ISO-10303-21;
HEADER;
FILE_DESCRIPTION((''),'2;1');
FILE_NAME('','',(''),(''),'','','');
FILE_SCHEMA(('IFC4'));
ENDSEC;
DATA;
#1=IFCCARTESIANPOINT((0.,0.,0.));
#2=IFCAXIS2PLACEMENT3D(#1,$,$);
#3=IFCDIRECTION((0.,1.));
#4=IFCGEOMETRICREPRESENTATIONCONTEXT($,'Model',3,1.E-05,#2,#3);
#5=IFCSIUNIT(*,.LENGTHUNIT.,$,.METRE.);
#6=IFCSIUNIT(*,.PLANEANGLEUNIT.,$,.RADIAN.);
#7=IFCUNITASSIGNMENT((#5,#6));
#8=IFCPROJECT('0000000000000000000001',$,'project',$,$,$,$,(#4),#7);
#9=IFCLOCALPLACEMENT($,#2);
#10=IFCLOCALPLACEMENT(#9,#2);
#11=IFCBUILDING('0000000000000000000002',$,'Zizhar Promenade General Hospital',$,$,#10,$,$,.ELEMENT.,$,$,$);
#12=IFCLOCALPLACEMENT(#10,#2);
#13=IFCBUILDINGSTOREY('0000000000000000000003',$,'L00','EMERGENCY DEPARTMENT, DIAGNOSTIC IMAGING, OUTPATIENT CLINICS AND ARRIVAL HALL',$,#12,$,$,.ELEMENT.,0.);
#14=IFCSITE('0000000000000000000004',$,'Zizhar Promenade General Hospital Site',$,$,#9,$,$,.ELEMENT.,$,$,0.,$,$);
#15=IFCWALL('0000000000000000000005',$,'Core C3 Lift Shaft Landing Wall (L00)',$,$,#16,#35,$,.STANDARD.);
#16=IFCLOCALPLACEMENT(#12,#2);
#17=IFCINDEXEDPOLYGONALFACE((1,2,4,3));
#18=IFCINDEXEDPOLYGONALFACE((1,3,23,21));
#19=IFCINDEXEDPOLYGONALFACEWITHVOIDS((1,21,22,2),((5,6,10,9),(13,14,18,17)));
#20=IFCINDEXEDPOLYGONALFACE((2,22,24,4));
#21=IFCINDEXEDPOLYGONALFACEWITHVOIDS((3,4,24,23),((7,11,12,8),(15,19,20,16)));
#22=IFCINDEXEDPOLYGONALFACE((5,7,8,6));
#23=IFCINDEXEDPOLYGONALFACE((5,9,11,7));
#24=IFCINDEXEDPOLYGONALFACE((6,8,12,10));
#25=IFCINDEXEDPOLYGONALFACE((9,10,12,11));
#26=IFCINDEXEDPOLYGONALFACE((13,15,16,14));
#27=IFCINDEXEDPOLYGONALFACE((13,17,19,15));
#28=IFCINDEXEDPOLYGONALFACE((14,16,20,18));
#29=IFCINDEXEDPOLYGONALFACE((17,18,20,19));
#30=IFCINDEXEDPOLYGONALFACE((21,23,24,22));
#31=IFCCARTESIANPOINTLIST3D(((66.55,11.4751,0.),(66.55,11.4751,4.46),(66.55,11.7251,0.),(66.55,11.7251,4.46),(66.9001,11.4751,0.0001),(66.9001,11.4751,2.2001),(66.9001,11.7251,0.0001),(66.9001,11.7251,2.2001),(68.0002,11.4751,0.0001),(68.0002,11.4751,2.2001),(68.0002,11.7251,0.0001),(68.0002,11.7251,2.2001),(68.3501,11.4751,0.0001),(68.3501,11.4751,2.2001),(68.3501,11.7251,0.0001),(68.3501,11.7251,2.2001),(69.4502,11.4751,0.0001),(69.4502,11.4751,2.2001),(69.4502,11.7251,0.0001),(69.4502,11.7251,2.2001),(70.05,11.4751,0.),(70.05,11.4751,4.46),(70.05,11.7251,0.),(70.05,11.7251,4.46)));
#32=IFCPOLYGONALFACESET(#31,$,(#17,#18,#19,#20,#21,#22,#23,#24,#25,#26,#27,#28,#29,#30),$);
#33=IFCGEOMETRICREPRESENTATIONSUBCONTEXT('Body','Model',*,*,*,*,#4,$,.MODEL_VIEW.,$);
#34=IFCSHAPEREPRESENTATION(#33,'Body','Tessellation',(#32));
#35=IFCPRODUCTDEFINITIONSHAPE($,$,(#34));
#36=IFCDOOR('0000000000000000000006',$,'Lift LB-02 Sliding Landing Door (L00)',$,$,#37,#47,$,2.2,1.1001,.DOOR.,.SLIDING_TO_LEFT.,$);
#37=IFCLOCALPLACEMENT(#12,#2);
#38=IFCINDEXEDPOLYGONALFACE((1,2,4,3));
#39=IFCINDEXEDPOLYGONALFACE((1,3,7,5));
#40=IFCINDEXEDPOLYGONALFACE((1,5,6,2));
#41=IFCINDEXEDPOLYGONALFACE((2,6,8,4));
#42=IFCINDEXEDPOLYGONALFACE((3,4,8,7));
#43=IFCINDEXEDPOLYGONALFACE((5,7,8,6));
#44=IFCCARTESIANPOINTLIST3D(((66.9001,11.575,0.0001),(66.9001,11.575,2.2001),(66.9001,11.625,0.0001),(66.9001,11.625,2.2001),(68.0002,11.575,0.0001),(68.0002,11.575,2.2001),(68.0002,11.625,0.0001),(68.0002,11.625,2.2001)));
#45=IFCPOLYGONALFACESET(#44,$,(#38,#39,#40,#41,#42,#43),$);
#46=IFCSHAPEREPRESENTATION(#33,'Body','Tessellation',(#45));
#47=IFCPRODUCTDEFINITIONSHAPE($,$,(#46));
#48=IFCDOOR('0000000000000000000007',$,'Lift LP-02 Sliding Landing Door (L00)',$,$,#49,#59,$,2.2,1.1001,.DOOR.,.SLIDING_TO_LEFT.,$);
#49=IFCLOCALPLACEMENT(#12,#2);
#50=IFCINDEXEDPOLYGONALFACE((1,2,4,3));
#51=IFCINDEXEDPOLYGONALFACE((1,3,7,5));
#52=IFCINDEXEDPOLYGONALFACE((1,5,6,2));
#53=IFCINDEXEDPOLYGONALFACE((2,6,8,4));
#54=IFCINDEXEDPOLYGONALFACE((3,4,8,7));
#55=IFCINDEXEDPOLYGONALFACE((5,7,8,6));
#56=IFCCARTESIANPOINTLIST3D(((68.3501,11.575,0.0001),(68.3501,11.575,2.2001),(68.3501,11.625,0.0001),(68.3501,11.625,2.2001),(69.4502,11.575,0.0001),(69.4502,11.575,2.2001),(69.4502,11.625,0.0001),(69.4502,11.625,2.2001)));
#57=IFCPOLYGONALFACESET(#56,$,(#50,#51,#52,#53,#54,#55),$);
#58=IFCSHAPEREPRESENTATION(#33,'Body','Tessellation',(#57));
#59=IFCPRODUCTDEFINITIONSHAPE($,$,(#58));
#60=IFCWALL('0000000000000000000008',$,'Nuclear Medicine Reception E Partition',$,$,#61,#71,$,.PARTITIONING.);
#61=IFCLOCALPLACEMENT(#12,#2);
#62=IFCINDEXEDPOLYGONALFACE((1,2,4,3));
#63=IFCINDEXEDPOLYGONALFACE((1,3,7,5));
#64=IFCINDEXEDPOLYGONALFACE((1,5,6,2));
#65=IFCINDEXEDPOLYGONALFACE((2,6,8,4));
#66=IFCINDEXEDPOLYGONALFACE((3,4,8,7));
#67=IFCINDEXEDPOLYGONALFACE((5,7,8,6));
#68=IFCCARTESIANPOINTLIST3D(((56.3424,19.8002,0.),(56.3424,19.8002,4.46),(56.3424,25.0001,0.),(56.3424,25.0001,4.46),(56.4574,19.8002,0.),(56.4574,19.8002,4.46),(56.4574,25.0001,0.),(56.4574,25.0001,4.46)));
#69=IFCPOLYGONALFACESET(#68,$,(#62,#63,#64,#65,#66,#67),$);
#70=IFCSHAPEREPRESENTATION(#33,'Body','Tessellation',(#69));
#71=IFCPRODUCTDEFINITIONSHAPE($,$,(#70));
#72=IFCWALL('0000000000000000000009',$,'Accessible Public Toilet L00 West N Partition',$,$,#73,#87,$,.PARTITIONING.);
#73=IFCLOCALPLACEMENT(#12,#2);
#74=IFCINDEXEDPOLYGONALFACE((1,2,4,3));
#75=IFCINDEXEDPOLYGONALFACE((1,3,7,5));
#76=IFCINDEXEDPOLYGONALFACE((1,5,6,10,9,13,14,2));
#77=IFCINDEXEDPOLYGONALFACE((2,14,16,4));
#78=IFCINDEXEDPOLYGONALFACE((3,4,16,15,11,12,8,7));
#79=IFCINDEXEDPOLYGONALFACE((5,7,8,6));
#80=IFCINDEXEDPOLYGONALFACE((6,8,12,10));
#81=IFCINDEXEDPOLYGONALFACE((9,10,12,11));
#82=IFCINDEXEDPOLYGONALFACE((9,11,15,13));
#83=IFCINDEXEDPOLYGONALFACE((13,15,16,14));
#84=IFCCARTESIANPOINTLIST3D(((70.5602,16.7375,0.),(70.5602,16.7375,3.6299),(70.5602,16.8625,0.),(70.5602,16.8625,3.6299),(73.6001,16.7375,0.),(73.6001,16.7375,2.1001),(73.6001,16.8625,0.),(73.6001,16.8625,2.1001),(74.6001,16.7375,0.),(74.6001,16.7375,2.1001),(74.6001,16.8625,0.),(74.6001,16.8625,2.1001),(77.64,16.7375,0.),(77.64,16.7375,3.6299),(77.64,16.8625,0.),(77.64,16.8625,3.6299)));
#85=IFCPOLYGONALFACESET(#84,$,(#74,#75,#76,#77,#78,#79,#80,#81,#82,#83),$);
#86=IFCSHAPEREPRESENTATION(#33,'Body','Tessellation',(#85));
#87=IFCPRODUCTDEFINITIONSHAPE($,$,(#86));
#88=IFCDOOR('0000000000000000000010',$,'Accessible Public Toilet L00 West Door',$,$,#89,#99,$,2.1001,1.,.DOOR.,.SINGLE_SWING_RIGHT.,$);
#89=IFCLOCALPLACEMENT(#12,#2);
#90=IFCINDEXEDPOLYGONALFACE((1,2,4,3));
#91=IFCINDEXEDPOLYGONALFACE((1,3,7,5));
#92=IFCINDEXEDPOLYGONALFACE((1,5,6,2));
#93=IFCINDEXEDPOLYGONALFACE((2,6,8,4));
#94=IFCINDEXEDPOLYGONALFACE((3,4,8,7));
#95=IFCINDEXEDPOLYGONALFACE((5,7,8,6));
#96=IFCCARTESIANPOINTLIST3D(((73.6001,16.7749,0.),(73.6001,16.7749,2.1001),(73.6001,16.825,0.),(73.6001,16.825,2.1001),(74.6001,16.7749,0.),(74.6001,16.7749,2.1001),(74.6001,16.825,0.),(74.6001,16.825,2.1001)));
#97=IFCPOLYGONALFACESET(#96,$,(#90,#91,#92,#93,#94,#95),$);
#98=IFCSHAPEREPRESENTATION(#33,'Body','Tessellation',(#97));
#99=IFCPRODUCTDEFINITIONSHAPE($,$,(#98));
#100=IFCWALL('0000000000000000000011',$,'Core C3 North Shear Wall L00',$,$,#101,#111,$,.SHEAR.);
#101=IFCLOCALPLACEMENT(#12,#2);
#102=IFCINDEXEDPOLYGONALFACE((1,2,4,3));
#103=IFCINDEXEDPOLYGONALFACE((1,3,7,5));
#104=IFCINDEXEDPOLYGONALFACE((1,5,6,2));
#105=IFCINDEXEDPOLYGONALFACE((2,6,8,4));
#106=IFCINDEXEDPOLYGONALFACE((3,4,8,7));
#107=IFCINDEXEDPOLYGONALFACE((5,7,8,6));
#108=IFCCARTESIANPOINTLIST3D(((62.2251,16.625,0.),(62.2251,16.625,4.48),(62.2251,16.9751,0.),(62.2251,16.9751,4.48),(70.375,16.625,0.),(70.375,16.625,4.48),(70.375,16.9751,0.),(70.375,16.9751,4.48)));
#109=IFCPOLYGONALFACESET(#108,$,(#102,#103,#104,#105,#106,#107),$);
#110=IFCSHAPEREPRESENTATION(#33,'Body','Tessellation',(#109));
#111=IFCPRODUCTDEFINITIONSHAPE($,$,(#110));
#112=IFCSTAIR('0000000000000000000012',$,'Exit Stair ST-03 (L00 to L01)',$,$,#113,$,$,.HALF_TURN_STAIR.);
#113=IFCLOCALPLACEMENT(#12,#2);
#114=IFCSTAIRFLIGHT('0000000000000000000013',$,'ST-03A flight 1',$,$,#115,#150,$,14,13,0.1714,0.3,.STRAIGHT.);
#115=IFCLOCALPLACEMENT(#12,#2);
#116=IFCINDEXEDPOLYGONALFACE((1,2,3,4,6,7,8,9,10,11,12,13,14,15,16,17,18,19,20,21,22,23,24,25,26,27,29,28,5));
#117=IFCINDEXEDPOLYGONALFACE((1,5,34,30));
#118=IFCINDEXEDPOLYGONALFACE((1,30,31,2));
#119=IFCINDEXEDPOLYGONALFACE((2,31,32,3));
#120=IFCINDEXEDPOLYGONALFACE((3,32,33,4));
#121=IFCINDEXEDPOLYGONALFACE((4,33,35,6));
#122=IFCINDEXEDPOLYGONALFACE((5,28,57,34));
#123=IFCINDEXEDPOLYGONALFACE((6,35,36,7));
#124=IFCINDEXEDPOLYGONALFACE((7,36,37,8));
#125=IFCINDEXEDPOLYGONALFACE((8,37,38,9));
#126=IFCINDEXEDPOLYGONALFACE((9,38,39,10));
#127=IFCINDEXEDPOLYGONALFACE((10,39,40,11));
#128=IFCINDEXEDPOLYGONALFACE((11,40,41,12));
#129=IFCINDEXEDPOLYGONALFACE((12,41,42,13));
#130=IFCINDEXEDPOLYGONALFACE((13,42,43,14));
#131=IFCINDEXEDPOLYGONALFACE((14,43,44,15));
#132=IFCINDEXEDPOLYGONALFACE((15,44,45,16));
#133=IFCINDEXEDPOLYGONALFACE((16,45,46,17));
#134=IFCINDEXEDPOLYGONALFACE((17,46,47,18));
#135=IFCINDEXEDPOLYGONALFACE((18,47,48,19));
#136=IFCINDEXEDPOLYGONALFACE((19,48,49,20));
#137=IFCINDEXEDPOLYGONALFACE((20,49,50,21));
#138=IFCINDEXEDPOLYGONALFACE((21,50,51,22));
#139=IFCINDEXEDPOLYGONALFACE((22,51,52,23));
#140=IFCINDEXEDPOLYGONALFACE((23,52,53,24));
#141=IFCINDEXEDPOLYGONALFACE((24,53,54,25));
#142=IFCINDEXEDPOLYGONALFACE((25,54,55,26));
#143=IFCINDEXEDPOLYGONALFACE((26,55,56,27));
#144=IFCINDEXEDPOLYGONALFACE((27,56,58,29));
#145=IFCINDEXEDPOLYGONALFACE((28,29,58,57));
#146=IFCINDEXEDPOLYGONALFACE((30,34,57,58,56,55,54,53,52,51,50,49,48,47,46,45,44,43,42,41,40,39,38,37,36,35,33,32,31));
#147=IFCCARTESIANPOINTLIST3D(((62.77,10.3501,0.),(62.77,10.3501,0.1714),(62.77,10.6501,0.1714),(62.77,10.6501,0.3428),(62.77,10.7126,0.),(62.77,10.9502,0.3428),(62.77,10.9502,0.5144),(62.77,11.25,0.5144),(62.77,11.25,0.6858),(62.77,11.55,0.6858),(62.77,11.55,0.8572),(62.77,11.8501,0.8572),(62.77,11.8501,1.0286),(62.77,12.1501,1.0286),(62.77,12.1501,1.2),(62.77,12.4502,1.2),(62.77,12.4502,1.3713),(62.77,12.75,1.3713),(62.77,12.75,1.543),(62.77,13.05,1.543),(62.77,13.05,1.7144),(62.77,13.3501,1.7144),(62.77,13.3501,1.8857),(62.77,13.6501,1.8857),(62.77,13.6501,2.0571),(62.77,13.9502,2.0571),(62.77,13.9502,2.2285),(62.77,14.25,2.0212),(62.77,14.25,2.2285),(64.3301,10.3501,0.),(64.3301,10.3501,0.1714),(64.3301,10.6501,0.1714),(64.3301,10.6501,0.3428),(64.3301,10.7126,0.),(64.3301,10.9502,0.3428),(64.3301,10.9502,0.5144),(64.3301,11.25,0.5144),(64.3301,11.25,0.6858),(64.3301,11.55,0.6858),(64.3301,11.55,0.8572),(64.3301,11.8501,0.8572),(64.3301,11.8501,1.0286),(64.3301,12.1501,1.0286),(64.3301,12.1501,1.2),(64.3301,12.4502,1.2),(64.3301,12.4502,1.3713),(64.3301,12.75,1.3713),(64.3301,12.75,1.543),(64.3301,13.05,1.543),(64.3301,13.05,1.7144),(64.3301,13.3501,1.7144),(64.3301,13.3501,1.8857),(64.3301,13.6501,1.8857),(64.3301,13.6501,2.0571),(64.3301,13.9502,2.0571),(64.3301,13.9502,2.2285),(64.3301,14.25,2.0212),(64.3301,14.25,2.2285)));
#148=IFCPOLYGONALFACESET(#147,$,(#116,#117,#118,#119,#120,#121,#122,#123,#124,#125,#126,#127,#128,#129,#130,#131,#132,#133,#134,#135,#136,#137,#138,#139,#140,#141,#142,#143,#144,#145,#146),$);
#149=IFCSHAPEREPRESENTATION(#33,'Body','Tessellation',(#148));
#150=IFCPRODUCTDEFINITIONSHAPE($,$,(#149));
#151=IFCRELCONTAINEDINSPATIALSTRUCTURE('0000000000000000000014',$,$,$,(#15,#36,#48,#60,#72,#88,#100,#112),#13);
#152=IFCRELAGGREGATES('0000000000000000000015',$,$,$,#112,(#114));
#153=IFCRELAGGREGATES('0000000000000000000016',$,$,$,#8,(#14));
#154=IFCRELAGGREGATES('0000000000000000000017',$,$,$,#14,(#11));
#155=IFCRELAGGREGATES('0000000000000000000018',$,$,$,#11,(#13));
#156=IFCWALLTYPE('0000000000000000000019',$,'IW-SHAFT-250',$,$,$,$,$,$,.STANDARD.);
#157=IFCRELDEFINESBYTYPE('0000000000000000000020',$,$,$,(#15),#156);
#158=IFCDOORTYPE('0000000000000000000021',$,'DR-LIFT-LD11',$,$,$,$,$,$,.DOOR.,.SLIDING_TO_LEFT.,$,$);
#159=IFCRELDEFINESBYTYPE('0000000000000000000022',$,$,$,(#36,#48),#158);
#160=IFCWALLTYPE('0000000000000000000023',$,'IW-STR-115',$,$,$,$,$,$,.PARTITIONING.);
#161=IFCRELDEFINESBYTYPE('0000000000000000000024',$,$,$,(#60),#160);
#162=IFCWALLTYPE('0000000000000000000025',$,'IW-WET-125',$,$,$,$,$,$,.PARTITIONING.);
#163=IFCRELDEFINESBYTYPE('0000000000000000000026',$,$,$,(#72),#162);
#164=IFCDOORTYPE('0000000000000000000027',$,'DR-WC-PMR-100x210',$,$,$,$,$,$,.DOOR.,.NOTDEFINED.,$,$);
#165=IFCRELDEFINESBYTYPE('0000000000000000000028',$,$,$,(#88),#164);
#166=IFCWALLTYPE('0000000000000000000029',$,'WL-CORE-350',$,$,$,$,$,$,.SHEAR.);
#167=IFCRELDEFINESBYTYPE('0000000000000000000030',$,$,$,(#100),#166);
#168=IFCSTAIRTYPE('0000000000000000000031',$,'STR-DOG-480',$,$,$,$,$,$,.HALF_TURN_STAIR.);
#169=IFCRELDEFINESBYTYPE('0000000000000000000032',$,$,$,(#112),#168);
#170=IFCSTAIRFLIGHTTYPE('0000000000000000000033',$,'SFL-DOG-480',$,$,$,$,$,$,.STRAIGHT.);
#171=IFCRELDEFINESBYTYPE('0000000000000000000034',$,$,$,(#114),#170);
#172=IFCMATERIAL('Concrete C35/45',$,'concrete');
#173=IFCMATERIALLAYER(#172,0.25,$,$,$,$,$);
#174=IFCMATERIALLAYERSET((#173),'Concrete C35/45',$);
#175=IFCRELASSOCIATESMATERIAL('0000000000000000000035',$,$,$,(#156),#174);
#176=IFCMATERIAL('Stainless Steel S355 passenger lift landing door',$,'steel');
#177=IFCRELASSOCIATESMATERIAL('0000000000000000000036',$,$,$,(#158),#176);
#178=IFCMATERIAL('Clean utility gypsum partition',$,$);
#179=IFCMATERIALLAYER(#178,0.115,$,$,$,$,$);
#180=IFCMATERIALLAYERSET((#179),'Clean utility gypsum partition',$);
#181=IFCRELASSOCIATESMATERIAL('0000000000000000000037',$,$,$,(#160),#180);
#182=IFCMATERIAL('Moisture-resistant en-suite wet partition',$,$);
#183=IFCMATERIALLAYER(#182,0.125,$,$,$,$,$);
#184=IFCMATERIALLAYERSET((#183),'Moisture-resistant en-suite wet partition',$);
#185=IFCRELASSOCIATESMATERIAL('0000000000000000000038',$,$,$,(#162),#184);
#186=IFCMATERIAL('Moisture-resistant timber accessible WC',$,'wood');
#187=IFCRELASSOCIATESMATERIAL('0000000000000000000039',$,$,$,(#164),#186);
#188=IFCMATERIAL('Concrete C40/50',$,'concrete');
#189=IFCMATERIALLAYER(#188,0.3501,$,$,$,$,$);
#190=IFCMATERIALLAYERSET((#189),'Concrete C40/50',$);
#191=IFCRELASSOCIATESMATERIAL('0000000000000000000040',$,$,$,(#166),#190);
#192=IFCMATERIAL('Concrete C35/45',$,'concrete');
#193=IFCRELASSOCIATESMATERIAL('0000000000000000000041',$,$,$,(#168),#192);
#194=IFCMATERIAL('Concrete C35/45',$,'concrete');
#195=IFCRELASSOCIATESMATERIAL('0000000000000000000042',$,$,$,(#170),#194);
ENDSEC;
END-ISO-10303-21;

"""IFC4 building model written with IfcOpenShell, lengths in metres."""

from ifc_helpers import new_model, si_unit, direction, frame, frame_2d, origin, place, context, subcontext, project, spatial, polyline, rectangle, outline, extrude, material, layer, layer_set, type_object, element, fill, aggregate, save


model = new_model("IFC4")

# Units and contexts
model_context = context("Model", 3, precision=1e-05, world=origin(), true_north=direction((0.0, 1.0)))
body_context = subcontext(model_context, "Body", "Model", "MODEL_VIEW")
ifc_project = project(units=[si_unit("LENGTHUNIT", "METRE"), si_unit("PLANEANGLEUNIT", "RADIAN")], contexts=[model_context])

# Site, building, storey
site_placement = place(None, origin())
site = spatial("IfcSite", under=ifc_project, at=site_placement, Name="Zizhar Promenade General Hospital Site", CompositionType="ELEMENT", RefElevation=0.0)
building_placement = place(site_placement, origin())
building = spatial("IfcBuilding", under=site, at=building_placement, Name="Zizhar Promenade General Hospital", CompositionType="ELEMENT")
storey_placement = place(building_placement, origin())
storey = spatial("IfcBuildingStorey", under=building, at=storey_placement, Name="L00", Description="EMERGENCY DEPARTMENT, DIAGNOSTIC IMAGING, OUTPATIENT CLINICS AND ARRIVAL HALL", CompositionType="ELEMENT", Elevation=0.0)

# Wall, openings, doors
ifc_material_1 = material(Name="Concrete C35/45", Category="concrete")
ifc_layer_1 = layer(ifc_material_1, 0.25)
ifc_layer_set_1 = layer_set([ifc_layer_1], Name="Concrete C35/45")
wall_type_1 = type_object("IfcWallType", Name="IW-SHAFT-250", PredefinedType="STANDARD", material=ifc_layer_set_1)
wall_1_placement = place(storey_placement, frame((66.55, 11.6001, 0.0), z_axis=(0.0, 0.0, 1.0), x_axis=(1.0, 0.0, 0.0)))
wall_1 = element("IfcWall", 1, at=wall_1_placement, inside=storey, type_object=wall_type_1, Name="Core C3 Lift Shaft Landing Wall (L00)", PredefinedType="STANDARD", context=body_context, shape_type="SweptSolid", body=[
    extrude(rectangle(XDim=3.5, YDim=0.25, at=frame_2d((1.75, 0.0))), origin(), (0.0, 0.0, 1.0), 4.46),
])
opening_1_placement = place(wall_1_placement, frame((0.3501, 0.0, 0.0)))
opening_1 = element("IfcOpeningElement", 2, at=opening_1_placement, cuts=wall_1, PredefinedType="OPENING", context=body_context, shape_type="SweptSolid", body=[
    extrude(rectangle(XDim=1.1001, YDim=2.2, at=frame_2d((0.55, 1.1001))), frame((0.0, 0.135, 0.0), z_axis=(0.0, -1.0, 0.0), x_axis=(1.0, 0.0, 0.0)), (0.0, 0.0, 1.0), 0.27),
])
opening_2_placement = place(wall_1_placement, frame((1.8, 0.0, 0.0)))
opening_2 = element("IfcOpeningElement", 3, at=opening_2_placement, cuts=wall_1, PredefinedType="OPENING", context=body_context, shape_type="SweptSolid", body=[
    extrude(rectangle(XDim=1.1001, YDim=2.2, at=frame_2d((0.55, 1.1001))), frame((0.0, 0.135, 0.0), z_axis=(0.0, -1.0, 0.0), x_axis=(1.0, 0.0, 0.0)), (0.0, 0.0, 1.0), 0.27),
])
ifc_material_2 = material(Name="Stainless Steel S355 passenger lift landing door", Category="steel")
door_type_1 = type_object("IfcDoorType", Name="DR-LIFT-LD11", OperationType="SLIDING_TO_LEFT", PredefinedType="DOOR", material=ifc_material_2)
door_1_placement = place(opening_1_placement, origin())
door_1 = element("IfcDoor", 4, at=door_1_placement, inside=storey, type_object=door_type_1, Name="Lift LB-02 Sliding Landing Door (L00)", OperationType="SLIDING_TO_LEFT", OverallHeight=2.2, OverallWidth=1.1001, PredefinedType="DOOR", context=body_context, shape_type="SweptSolid", body=[
    extrude(rectangle(XDim=1.1001, YDim=2.2, at=frame_2d((0.55, 1.1001))), frame((0.0, 0.0249, 0.0), z_axis=(0.0, -1.0, 0.0), x_axis=(1.0, 0.0, 0.0)), (0.0, 0.0, 1.0), 0.05),
])
fill(opening_1, door_1)
door_2_placement = place(opening_2_placement, origin())
door_2 = element("IfcDoor", 5, at=door_2_placement, inside=storey, type_object=door_type_1, Name="Lift LP-02 Sliding Landing Door (L00)", OperationType="SLIDING_TO_LEFT", OverallHeight=2.2, OverallWidth=1.1001, PredefinedType="DOOR", context=body_context, shape_type="SweptSolid", body=[
    extrude(rectangle(XDim=1.1001, YDim=2.2, at=frame_2d((0.55, 1.1001))), frame((0.0, 0.0249, 0.0), z_axis=(0.0, -1.0, 0.0), x_axis=(1.0, 0.0, 0.0)), (0.0, 0.0, 1.0), 0.05),
])
fill(opening_2, door_2)

# Wall
ifc_material_3 = material(Name="Clean utility gypsum partition")
ifc_layer_2 = layer(ifc_material_3, 0.115)
ifc_layer_set_2 = layer_set([ifc_layer_2], Name="Clean utility gypsum partition")
wall_type_2 = type_object("IfcWallType", Name="IW-STR-115", PredefinedType="PARTITIONING", material=ifc_layer_set_2)
wall_2_placement = place(storey_placement, frame((56.3999, 19.8, 0.0), z_axis=(0.0, 0.0, 1.0), x_axis=(0.0, 1.0, 0.0)))
element("IfcWall", 6, at=wall_2_placement, inside=storey, type_object=wall_type_2, Name="Nuclear Medicine Reception E Partition", PredefinedType="PARTITIONING", context=body_context, shape_type="SweptSolid", body=[
    extrude(rectangle(XDim=5.2, YDim=0.115, at=frame_2d((2.6001, 0.0))), origin(), (0.0, 0.0, 1.0), 4.46),
])

# Wall, opening, door
ifc_material_4 = material(Name="Moisture-resistant en-suite wet partition")
ifc_layer_3 = layer(ifc_material_4, 0.125)
ifc_layer_set_3 = layer_set([ifc_layer_3], Name="Moisture-resistant en-suite wet partition")
wall_type_3 = type_object("IfcWallType", Name="IW-WET-125", PredefinedType="PARTITIONING", material=ifc_layer_set_3)
wall_3_placement = place(storey_placement, frame((70.5601, 16.8, 0.0), z_axis=(0.0, 0.0, 1.0), x_axis=(1.0, 0.0, 0.0)))
wall_3 = element("IfcWall", 7, at=wall_3_placement, inside=storey, type_object=wall_type_3, Name="Accessible Public Toilet L00 West N Partition", PredefinedType="PARTITIONING", context=body_context, shape_type="SweptSolid", body=[
    extrude(rectangle(XDim=7.0798, YDim=0.125, at=frame_2d((3.54, 0.0))), origin(), (0.0, 0.0, 1.0), 3.6299),
])
opening_3_placement = place(wall_3_placement, frame((3.04, 0.0, 0.0)))
opening_3 = element("IfcOpeningElement", 8, at=opening_3_placement, cuts=wall_3, PredefinedType="OPENING", context=body_context, shape_type="SweptSolid", body=[
    extrude(rectangle(XDim=1.0, YDim=2.1001, at=frame_2d((0.5, 1.05))), frame((0.0, 0.0725, 0.0), z_axis=(0.0, -1.0, 0.0), x_axis=(1.0, 0.0, 0.0)), (0.0, 0.0, 1.0), 0.145),
])
ifc_material_5 = material(Name="Moisture-resistant timber accessible WC", Category="wood")
door_type_2 = type_object("IfcDoorType", Name="DR-WC-PMR-100x210", OperationType="NOTDEFINED", PredefinedType="DOOR", material=ifc_material_5)
door_3_placement = place(opening_3_placement, origin())
door_3 = element("IfcDoor", 9, at=door_3_placement, inside=storey, type_object=door_type_2, Name="Accessible Public Toilet L00 West Door", OperationType="SINGLE_SWING_RIGHT", OverallHeight=2.1001, OverallWidth=1.0, PredefinedType="DOOR", context=body_context, shape_type="SweptSolid", body=[
    extrude(rectangle(XDim=1.0, YDim=2.1001, at=frame_2d((0.5, 1.05))), frame((0.0, 0.0249, 0.0), z_axis=(0.0, -1.0, 0.0), x_axis=(1.0, 0.0, 0.0)), (0.0, 0.0, 1.0), 0.05),
])
fill(opening_3, door_3)

# Wall
ifc_material_6 = material(Name="Concrete C40/50", Category="concrete")
ifc_layer_4 = layer(ifc_material_6, 0.3501)
ifc_layer_set_4 = layer_set([ifc_layer_4], Name="Concrete C40/50")
wall_type_4 = type_object("IfcWallType", Name="WL-CORE-350", PredefinedType="SHEAR", material=ifc_layer_set_4)
wall_4_placement = place(storey_placement, frame((62.2251, 16.8, 0.0), z_axis=(0.0, 0.0, 1.0), x_axis=(1.0, 0.0, 0.0)))
element("IfcWall", 10, at=wall_4_placement, inside=storey, type_object=wall_type_4, Name="Core C3 North Shear Wall L00", PredefinedType="SHEAR", context=body_context, shape_type="SweptSolid", body=[
    extrude(rectangle(XDim=8.1499, YDim=0.3501, at=frame_2d((4.075, 0.0))), origin(), (0.0, 0.0, 1.0), 4.48),
])

# Stair, stair flight
ifc_material_7 = material(Name="Concrete C35/45", Category="concrete")
stair_type = type_object("IfcStairType", Name="STR-DOG-480", PredefinedType="HALF_TURN_STAIR", material=ifc_material_7)
stair_placement = place(storey_placement, origin())
stair = element("IfcStair", 11, at=stair_placement, inside=storey, type_object=stair_type, Name="Exit Stair ST-03 (L00 to L01)", PredefinedType="HALF_TURN_STAIR")
ifc_material_8 = material(Name="Concrete C35/45", Category="concrete")
stair_flight_type = type_object("IfcStairFlightType", Name="SFL-DOG-480", PredefinedType="STRAIGHT", material=ifc_material_8)
stair_flight_1_placement = place(storey_placement, frame((63.55, 10.3501, 0.0), z_axis=(0.0, 0.0, 1.0), x_axis=(0.0, 1.0, 0.0)))
stair_flight_1 = element("IfcStairFlight", 12, at=stair_flight_1_placement, type_object=stair_flight_type, Name="ST-03A flight 1", NumberOfRisers=14, NumberOfTreads=13, PredefinedType="STRAIGHT", RiserHeight=0.1714, TreadLength=0.3, context=body_context, shape_type="SweptSolid", body=[
    extrude(outline(polyline([(0.0, 0.0), (0.0, 0.1714), (0.3, 0.1714), (0.3, 0.3428), (0.6001, 0.3428), (0.6001, 0.5144), (0.8999, 0.5144), (0.8999, 0.6858), (1.2, 0.6858), (1.2, 0.8572), (1.5, 0.8572), (1.5, 1.0286), (1.8, 1.0286), (1.8, 1.2), (2.1001, 1.2), (2.1001, 1.3713), (2.3999, 1.3713), (2.3999, 1.543), (2.7, 1.543), (2.7, 1.7144), (3.0, 1.7144), (3.0, 1.8857), (3.3, 1.8857), (3.3, 2.0571), (3.6001, 2.0571), (3.6001, 2.2285), (3.8999, 2.2285), (3.8999, 2.3999), (3.8999, 2.0212), (0.3625, 0.0), (0.0, 0.0)])), frame((0.0, 0.78, 0.0), z_axis=(0.0, -1.0, 0.0), x_axis=(1.0, 0.0, 0.0)), (0.0, 0.0, 1.0), 1.5601),
])
aggregate(stair, [stair_flight_1])

save(model, "model.ifc")
